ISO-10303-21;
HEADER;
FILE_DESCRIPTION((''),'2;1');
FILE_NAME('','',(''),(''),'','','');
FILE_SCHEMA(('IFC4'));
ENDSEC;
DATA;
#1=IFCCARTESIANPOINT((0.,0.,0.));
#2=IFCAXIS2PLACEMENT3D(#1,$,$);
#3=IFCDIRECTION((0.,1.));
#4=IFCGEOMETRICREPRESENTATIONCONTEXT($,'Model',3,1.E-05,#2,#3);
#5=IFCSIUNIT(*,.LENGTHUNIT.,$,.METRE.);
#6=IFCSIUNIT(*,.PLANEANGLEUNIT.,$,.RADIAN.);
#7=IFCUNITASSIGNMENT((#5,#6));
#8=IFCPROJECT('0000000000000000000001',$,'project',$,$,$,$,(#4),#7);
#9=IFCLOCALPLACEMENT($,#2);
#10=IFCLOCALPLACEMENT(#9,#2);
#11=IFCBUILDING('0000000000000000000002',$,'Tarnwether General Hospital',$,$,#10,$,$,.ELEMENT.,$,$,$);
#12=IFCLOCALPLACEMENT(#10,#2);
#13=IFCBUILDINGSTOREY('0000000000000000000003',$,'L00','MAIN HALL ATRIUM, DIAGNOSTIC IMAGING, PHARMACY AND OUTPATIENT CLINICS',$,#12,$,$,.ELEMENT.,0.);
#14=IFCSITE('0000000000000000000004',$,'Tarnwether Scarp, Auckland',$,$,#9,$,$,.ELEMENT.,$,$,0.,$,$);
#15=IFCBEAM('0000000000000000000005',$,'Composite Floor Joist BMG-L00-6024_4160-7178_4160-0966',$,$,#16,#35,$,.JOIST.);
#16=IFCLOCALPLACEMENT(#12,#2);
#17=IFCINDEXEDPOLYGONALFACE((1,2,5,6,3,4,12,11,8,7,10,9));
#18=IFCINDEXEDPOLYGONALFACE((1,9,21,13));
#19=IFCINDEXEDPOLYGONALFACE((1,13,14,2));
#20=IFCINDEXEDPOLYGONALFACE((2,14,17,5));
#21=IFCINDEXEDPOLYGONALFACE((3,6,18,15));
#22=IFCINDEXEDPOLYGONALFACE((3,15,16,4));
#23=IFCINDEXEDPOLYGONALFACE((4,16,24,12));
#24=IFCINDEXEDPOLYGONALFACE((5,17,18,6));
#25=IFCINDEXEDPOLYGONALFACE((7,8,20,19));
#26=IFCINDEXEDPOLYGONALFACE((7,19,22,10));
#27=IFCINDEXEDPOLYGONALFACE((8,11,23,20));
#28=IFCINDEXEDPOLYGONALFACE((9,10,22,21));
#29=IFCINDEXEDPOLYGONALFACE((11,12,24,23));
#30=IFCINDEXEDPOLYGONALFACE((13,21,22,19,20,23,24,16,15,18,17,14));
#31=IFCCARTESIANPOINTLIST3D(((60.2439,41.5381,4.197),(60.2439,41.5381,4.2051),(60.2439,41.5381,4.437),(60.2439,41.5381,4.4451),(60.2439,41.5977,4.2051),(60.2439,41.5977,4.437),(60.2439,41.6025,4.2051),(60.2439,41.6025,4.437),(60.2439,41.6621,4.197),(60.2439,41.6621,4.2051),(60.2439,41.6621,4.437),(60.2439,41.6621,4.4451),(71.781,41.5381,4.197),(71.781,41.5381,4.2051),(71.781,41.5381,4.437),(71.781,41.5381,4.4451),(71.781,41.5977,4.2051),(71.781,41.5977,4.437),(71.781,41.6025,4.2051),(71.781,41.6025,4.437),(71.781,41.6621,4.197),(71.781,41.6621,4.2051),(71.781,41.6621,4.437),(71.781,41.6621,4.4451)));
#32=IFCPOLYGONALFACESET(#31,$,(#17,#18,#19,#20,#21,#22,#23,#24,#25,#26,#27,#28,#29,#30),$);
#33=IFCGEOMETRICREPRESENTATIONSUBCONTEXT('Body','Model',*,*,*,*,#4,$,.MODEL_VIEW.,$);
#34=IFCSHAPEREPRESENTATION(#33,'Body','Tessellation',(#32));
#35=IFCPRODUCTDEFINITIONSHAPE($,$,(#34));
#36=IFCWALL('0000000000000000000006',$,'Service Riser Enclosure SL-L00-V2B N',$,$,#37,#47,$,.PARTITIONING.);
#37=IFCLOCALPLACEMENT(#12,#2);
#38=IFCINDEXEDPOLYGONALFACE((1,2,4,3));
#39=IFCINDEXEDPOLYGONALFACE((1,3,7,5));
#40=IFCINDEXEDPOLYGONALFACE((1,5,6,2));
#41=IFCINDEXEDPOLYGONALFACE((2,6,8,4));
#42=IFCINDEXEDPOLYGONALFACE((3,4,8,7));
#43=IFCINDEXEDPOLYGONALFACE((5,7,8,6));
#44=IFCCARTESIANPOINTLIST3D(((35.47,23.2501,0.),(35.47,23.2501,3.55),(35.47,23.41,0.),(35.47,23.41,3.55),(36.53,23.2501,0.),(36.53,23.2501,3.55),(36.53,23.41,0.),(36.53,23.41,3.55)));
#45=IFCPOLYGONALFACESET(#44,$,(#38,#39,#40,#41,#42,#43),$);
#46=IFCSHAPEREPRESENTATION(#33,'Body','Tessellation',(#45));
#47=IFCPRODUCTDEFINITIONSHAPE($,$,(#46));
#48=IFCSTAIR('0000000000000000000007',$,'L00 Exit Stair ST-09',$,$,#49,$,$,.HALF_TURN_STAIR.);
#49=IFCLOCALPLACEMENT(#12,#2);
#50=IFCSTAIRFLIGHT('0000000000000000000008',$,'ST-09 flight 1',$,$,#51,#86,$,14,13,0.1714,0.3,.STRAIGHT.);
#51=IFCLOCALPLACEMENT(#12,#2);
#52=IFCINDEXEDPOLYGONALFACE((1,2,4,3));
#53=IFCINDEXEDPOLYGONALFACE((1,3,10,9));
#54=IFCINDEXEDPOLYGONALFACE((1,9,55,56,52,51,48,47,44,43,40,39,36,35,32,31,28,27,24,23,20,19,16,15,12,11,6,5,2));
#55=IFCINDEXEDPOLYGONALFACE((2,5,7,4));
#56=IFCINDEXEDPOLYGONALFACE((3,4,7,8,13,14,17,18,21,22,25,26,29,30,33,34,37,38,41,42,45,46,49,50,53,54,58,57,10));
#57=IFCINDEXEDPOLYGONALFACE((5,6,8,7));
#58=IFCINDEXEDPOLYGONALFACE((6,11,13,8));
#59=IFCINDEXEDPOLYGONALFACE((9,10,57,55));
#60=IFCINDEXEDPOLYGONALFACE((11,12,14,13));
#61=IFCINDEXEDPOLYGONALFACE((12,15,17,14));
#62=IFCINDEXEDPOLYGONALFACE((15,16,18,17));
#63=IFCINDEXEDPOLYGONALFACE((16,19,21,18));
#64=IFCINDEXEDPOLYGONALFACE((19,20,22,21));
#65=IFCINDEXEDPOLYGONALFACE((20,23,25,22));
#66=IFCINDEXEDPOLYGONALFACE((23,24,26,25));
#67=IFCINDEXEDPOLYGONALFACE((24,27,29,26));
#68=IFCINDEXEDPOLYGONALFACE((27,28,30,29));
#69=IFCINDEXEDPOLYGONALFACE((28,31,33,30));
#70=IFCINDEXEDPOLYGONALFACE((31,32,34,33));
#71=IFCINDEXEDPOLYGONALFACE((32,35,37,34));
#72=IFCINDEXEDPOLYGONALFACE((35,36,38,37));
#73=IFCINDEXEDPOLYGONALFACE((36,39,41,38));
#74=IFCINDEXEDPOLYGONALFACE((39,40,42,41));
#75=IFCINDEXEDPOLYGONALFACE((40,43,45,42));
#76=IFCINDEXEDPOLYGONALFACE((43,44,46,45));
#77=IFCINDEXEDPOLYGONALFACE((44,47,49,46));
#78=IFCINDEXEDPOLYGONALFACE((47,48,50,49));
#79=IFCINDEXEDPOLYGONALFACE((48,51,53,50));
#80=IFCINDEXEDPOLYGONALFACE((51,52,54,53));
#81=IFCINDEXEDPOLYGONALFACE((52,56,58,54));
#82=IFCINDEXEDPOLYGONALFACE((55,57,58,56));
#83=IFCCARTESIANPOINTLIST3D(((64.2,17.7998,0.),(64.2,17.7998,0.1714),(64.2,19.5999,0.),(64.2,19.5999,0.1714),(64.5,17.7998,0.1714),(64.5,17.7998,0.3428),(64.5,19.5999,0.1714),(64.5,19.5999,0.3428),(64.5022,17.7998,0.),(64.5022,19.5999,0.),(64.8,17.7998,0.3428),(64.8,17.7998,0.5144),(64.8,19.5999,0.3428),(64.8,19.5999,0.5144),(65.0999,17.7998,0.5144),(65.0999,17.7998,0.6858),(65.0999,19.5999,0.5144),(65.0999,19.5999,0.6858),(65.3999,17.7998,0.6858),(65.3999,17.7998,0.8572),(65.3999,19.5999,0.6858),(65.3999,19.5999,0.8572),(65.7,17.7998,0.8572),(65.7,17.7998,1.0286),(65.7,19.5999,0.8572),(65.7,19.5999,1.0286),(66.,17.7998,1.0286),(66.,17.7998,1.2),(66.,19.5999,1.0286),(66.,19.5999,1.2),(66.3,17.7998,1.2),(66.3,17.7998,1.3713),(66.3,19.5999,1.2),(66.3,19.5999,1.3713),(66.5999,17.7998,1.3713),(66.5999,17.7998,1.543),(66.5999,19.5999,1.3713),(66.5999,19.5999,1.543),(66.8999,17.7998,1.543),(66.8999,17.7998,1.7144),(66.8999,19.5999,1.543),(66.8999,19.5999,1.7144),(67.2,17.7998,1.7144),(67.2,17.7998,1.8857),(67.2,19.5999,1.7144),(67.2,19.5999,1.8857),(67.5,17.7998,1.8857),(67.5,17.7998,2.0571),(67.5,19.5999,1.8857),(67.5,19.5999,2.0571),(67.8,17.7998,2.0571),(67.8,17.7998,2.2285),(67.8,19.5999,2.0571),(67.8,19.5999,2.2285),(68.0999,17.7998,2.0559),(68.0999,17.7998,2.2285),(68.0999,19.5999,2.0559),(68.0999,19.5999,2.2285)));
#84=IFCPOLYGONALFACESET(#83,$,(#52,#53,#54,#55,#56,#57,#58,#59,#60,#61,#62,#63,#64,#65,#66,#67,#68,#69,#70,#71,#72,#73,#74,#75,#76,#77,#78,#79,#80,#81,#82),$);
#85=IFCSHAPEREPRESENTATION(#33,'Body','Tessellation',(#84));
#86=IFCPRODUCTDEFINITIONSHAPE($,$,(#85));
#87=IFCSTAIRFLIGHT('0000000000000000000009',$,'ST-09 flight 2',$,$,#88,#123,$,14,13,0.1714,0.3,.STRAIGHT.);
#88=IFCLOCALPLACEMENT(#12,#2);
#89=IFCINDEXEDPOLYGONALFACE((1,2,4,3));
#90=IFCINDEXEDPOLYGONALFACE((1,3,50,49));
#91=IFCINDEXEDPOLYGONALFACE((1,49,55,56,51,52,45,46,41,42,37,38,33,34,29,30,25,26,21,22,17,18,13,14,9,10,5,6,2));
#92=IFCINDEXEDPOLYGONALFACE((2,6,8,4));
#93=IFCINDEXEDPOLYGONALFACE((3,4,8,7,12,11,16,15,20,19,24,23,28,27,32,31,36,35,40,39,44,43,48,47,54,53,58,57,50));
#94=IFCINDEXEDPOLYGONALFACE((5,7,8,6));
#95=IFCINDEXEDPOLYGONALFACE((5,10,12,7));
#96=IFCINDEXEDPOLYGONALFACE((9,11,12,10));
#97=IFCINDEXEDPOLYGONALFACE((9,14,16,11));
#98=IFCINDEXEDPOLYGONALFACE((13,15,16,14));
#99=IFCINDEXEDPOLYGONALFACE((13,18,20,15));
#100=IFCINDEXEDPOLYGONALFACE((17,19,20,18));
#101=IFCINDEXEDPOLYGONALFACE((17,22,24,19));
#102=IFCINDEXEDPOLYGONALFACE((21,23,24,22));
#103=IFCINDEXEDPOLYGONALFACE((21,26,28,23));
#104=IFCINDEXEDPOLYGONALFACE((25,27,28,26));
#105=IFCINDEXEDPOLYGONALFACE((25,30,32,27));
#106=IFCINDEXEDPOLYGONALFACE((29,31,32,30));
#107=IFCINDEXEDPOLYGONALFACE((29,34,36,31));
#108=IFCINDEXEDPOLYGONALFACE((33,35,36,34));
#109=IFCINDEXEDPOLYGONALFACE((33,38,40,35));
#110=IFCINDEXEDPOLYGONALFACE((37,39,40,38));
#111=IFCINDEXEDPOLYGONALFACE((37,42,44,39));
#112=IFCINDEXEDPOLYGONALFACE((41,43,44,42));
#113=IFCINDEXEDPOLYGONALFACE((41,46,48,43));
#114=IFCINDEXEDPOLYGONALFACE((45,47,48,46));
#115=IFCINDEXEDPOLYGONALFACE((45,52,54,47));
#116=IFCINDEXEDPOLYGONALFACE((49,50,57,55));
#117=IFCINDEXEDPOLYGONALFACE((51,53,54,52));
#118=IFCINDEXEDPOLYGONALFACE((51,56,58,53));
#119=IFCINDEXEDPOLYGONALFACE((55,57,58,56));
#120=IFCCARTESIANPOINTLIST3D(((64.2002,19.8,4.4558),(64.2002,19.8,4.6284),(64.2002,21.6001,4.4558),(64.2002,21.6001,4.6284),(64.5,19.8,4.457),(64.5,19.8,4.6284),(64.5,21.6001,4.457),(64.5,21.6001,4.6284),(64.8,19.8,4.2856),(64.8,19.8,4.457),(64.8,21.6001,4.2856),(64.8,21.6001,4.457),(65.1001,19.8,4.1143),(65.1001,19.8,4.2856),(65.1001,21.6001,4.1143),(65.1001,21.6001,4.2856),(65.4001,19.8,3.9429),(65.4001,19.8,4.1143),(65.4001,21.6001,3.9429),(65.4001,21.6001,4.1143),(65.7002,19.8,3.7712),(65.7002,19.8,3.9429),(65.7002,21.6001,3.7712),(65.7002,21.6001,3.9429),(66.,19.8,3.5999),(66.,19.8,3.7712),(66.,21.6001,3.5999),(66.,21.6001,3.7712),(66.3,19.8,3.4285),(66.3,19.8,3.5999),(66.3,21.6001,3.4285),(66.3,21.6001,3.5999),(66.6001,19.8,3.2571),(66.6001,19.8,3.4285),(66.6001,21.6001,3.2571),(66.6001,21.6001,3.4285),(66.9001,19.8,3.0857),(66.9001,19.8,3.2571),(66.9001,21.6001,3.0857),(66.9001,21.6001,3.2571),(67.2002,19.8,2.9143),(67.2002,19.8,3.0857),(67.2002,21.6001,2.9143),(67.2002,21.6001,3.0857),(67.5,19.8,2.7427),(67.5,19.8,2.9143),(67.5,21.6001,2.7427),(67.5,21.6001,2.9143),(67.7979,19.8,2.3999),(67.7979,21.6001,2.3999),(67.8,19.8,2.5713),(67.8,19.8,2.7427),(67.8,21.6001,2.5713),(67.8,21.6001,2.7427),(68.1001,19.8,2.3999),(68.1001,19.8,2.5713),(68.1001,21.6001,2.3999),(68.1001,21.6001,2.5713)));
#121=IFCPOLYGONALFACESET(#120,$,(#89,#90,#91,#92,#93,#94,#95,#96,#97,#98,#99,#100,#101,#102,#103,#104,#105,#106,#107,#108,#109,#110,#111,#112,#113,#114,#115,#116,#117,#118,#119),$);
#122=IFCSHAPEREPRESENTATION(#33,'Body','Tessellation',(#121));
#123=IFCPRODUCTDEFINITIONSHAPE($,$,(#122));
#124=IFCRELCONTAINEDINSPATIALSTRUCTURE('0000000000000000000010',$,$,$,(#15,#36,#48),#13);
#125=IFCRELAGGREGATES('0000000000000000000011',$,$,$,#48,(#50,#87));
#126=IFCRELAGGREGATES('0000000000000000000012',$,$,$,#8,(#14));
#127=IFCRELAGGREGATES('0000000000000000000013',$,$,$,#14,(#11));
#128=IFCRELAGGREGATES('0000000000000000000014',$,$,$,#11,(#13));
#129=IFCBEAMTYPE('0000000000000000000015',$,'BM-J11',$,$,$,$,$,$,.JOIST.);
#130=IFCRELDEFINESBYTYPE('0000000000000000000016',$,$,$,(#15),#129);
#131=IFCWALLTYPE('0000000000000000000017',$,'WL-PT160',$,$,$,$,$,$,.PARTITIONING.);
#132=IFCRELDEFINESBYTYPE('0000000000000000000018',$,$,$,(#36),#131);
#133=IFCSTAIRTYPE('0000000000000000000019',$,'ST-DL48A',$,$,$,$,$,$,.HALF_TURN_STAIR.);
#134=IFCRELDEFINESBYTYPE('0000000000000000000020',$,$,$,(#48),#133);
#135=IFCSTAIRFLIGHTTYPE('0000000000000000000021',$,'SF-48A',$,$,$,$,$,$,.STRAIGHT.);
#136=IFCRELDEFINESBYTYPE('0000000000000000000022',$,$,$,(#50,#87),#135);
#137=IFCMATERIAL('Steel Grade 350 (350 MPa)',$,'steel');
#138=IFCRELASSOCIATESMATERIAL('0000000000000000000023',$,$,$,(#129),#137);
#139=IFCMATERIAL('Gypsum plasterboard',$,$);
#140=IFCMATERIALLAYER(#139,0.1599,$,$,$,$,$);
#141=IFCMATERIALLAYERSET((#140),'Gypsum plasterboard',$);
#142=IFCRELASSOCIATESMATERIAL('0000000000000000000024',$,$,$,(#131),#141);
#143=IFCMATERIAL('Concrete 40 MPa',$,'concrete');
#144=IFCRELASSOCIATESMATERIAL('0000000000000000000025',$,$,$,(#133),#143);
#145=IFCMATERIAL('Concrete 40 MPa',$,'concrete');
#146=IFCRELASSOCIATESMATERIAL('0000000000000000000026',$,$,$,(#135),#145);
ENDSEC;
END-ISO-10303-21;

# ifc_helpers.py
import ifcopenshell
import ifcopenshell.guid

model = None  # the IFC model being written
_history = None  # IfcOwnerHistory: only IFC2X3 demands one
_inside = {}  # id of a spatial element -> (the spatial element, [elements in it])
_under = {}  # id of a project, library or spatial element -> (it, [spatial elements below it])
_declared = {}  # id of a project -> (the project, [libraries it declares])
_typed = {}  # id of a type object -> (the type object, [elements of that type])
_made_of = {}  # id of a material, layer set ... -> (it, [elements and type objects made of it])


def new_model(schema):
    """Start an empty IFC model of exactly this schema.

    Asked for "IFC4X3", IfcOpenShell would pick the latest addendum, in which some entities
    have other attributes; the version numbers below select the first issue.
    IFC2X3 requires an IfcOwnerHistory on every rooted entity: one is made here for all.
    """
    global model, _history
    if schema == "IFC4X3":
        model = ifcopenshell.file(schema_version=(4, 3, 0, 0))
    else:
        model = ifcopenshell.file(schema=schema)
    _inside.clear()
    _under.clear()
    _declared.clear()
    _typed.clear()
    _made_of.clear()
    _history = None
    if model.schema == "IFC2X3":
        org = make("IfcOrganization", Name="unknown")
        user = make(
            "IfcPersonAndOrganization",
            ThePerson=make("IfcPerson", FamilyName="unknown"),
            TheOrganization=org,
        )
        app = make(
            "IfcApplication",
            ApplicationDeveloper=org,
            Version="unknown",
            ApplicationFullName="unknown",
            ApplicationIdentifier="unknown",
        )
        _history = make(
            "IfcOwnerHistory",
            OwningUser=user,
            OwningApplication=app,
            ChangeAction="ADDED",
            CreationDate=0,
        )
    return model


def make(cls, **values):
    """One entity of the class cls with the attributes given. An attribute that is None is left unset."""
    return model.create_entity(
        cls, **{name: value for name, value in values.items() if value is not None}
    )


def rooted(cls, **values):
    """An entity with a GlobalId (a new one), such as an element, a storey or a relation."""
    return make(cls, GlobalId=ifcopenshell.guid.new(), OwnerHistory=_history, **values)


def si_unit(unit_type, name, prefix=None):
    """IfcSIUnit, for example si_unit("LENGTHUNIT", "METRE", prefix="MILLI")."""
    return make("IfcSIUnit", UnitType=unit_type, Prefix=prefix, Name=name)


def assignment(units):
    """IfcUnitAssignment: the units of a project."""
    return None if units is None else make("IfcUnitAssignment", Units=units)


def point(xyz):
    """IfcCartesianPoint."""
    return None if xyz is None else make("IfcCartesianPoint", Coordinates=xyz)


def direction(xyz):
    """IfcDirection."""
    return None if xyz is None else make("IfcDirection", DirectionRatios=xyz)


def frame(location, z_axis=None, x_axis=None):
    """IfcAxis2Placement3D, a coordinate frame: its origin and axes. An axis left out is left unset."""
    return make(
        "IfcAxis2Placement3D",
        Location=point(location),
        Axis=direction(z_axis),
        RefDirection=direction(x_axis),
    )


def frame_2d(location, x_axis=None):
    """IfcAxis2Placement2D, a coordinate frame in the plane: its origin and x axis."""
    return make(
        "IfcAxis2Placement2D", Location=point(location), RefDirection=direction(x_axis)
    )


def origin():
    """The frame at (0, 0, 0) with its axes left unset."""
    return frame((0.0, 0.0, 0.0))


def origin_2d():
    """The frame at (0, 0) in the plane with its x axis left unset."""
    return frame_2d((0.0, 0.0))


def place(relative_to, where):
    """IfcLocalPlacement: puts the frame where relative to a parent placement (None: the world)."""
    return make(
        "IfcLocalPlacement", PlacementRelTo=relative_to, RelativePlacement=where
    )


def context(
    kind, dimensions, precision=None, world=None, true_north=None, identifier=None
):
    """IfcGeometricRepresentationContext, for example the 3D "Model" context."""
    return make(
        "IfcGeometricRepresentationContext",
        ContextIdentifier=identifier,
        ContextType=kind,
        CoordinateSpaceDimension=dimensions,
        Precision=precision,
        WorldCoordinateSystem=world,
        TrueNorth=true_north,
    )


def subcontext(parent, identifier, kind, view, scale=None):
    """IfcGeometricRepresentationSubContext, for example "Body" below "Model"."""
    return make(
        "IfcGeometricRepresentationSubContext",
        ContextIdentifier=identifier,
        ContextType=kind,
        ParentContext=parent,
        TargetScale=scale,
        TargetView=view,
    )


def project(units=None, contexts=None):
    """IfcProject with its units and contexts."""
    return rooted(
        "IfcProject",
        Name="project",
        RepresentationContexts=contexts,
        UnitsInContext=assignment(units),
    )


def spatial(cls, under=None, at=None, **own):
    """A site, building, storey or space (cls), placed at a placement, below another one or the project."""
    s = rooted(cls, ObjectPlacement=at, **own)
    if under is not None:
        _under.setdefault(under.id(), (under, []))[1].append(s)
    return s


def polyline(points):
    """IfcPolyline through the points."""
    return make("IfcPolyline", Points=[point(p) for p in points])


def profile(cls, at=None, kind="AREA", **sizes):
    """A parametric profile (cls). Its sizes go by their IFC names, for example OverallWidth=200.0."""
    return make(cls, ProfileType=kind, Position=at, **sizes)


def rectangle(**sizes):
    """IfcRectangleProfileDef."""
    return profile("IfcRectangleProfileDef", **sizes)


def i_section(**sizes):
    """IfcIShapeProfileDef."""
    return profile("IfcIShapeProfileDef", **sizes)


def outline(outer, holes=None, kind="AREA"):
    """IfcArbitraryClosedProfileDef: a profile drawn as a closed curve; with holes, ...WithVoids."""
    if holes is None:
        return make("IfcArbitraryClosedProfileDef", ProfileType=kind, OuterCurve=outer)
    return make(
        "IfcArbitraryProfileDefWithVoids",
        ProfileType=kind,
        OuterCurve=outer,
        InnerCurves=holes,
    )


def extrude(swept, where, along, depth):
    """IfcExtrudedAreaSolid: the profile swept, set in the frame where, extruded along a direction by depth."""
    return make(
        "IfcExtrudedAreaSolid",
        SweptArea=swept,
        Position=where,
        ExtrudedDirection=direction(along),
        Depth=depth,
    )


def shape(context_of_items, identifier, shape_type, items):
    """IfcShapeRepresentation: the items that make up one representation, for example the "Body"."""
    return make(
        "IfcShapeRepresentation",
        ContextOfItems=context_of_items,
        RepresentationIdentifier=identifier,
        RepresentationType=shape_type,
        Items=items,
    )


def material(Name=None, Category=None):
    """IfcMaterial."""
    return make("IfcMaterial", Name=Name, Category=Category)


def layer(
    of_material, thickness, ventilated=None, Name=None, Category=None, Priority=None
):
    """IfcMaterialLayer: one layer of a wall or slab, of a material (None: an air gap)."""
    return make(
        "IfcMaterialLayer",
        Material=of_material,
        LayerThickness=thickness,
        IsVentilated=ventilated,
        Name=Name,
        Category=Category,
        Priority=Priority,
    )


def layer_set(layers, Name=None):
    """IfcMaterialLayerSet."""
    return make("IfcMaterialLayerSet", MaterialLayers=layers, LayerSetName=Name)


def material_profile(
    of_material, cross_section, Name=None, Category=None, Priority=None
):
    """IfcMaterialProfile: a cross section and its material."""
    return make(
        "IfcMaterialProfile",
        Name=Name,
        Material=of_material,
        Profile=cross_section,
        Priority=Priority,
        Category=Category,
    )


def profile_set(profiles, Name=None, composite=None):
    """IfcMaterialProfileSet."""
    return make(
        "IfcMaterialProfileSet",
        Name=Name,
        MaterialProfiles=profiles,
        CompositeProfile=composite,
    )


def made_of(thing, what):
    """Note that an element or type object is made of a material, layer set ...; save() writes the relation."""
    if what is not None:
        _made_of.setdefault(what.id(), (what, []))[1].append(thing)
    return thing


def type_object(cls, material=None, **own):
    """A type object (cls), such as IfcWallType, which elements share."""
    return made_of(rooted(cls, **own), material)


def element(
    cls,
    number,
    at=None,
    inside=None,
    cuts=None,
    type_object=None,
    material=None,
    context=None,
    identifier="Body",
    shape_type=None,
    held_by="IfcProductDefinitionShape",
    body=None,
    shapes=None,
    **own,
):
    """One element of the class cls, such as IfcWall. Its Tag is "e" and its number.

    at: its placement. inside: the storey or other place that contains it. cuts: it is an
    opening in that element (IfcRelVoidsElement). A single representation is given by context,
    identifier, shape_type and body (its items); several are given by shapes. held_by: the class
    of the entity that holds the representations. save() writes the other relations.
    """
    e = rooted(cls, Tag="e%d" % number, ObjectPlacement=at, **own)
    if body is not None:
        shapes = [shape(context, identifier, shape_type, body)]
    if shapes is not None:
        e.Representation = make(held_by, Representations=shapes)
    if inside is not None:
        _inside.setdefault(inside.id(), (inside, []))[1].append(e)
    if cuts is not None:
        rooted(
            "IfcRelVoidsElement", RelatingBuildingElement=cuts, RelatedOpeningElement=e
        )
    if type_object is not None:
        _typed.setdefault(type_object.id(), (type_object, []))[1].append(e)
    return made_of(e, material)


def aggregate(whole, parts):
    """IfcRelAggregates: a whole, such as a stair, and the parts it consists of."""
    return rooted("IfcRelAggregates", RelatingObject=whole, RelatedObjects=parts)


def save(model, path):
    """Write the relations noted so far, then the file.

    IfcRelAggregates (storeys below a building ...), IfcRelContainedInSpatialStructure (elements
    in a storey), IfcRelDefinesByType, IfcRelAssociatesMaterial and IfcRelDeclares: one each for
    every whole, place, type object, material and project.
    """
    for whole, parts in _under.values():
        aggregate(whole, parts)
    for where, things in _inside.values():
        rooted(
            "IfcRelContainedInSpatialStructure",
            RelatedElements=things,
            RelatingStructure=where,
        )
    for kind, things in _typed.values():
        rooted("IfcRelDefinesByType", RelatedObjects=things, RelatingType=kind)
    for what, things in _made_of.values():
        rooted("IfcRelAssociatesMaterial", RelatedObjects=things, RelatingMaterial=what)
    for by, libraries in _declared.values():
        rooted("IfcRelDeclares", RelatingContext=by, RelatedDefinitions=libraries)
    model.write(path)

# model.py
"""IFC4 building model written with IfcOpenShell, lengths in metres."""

from ifc_helpers import new_model, si_unit, direction, frame, frame_2d, origin, origin_2d, place, context, subcontext, project, spatial, polyline, rectangle, i_section, outline, extrude, material, layer, layer_set, material_profile, profile_set, type_object, element, aggregate, save


model = new_model("IFC4")

# Units and contexts
model_context = context("Model", 3, precision=1e-05, world=origin(), true_north=direction((0.0, 1.0)))
body_context = subcontext(model_context, "Body", "Model", "MODEL_VIEW")
ifc_project = project(units=[si_unit("LENGTHUNIT", "METRE"), si_unit("PLANEANGLEUNIT", "RADIAN")], contexts=[model_context])

# Site, building, storey
site_placement = place(None, origin())
site = spatial("IfcSite", under=ifc_project, at=site_placement, Name="Tarnwether Scarp, Auckland", CompositionType="ELEMENT", RefElevation=0.0)
building_placement = place(site_placement, origin())
building = spatial("IfcBuilding", under=site, at=building_placement, Name="Tarnwether General Hospital", CompositionType="ELEMENT")
storey_placement = place(building_placement, origin())
storey = spatial("IfcBuildingStorey", under=building, at=storey_placement, Name="L00", Description="MAIN HALL ATRIUM, DIAGNOSTIC IMAGING, PHARMACY AND OUTPATIENT CLINICS", CompositionType="ELEMENT", Elevation=0.0)

# Beam
ifc_material_1 = material(Name="Steel Grade 350 (350 MPa)", Category="steel")
ifc_material_profile_1 = material_profile(ifc_material_1, i_section(OverallWidth=0.124, OverallDepth=0.248, WebThickness=0.0049, FlangeThickness=0.0081, at=origin_2d()), Name="250UB25.7")
ifc_profile_set_1 = profile_set([ifc_material_profile_1], Name="Steel Grade 350 (350 MPa)")
beam_type_1 = type_object("IfcBeamType", Name="BM-J11", PredefinedType="JOIST", material=ifc_profile_set_1)
beam_1_placement = place(storey_placement, frame((60.2439, 41.6001, 4.321), z_axis=(1.0, 0.0, 0.0), x_axis=(0.0, 1.0, 0.0)))
element("IfcBeam", 1, at=beam_1_placement, inside=storey, type_object=beam_type_1, Name="Composite Floor Joist BMG-L00-6024_4160-7178_4160-0966", PredefinedType="JOIST", context=body_context, shape_type="SweptSolid", body=[
    extrude(i_section(OverallWidth=0.124, OverallDepth=0.248, WebThickness=0.0049, FlangeThickness=0.0081, at=origin_2d()), origin(), (0.0, 0.0, 1.0), 11.5371),
])

# Wall
ifc_material_2 = material(Name="Gypsum plasterboard")
ifc_layer = layer(ifc_material_2, 0.1599)
ifc_layer_set = layer_set([ifc_layer], Name="Gypsum plasterboard")
wall_type = type_object("IfcWallType", Name="WL-PT160", PredefinedType="PARTITIONING", material=ifc_layer_set)
wall_placement = place(storey_placement, frame((36.53, 23.3301, 0.0), z_axis=(0.0, 0.0, 1.0), x_axis=(-1.0, 0.0, 0.0)))
element("IfcWall", 2, at=wall_placement, inside=storey, type_object=wall_type, Name="Service Riser Enclosure SL-L00-V2B N", PredefinedType="PARTITIONING", context=body_context, shape_type="SweptSolid", body=[
    extrude(rectangle(XDim=1.0601, YDim=0.1599, at=frame_2d((0.53, 0.0))), origin(), (0.0, 0.0, 1.0), 3.55),
])

# Stair, stair flights
ifc_material_3 = material(Name="Concrete 40 MPa", Category="concrete")
stair_type = type_object("IfcStairType", Name="ST-DL48A", PredefinedType="HALF_TURN_STAIR", material=ifc_material_3)
stair_placement = place(storey_placement, origin())
stair = element("IfcStair", 3, at=stair_placement, inside=storey, type_object=stair_type, Name="L00 Exit Stair ST-09", PredefinedType="HALF_TURN_STAIR")
ifc_material_4 = material(Name="Concrete 40 MPa", Category="concrete")
stair_flight_type = type_object("IfcStairFlightType", Name="SF-48A", PredefinedType="STRAIGHT", material=ifc_material_4)
stair_flight_1_placement = place(storey_placement, frame((64.2, 18.7, 0.0), z_axis=(0.0, 0.0, 1.0), x_axis=(1.0, 0.0, 0.0)))
stair_flight_1 = element("IfcStairFlight", 4, at=stair_flight_1_placement, type_object=stair_flight_type, Name="ST-09 flight 1", NumberOfRisers=14, NumberOfTreads=13, PredefinedType="STRAIGHT", RiserHeight=0.1714, TreadLength=0.3, context=body_context, shape_type="SweptSolid", body=[
    extrude(outline(polyline([(0.0, 0.0), (0.0, 0.1714), (0.3, 0.1714), (0.3, 0.3428), (0.6001, 0.3428), (0.6001, 0.5144), (0.8999, 0.5144), (0.8999, 0.6858), (1.2, 0.6858), (1.2, 0.8572), (1.5, 0.8572), (1.5, 1.0286), (1.8, 1.0286), (1.8, 1.2), (2.1001, 1.2), (2.1001, 1.3713), (2.3999, 1.3713), (2.3999, 1.543), (2.7, 1.543), (2.7, 1.7144), (3.0, 1.7144), (3.0, 1.8857), (3.3, 1.8857), (3.3, 2.0571), (3.6001, 2.0571), (3.6001, 2.2285), (3.8999, 2.2285), (3.8999, 2.3999), (3.8999, 2.0559), (0.3022, 0.0), (0.0, 0.0)])), frame((0.0, 0.8999, 0.0), z_axis=(0.0, -1.0, 0.0), x_axis=(1.0, 0.0, 0.0)), (0.0, 0.0, 1.0), 1.8),
])
stair_flight_2_placement = place(storey_placement, frame((68.1001, 20.7, 2.3999), z_axis=(0.0, 0.0, 1.0), x_axis=(-1.0, 0.0, 0.0)))
stair_flight_2 = element("IfcStairFlight", 5, at=stair_flight_2_placement, type_object=stair_flight_type, Name="ST-09 flight 2", NumberOfRisers=14, NumberOfTreads=13, PredefinedType="STRAIGHT", RiserHeight=0.1714, TreadLength=0.3, context=body_context, shape_type="SweptSolid", body=[
    extrude(outline(polyline([(0.0, 0.0), (0.0, 0.1714), (0.3, 0.1714), (0.3, 0.3428), (0.6001, 0.3428), (0.6001, 0.5144), (0.8999, 0.5144), (0.8999, 0.6858), (1.2, 0.6858), (1.2, 0.8572), (1.5, 0.8572), (1.5, 1.0286), (1.8, 1.0286), (1.8, 1.2), (2.1001, 1.2), (2.1001, 1.3713), (2.3999, 1.3713), (2.3999, 1.543), (2.7, 1.543), (2.7, 1.7144), (3.0, 1.7144), (3.0, 1.8857), (3.3, 1.8857), (3.3, 2.0571), (3.6001, 2.0571), (3.6001, 2.2285), (3.8999, 2.2285), (3.8999, 2.3999), (3.8999, 2.0559), (0.3022, 0.0), (0.0, 0.0)])), frame((0.0, 0.8999, 0.0), z_axis=(0.0, -1.0, 0.0), x_axis=(1.0, 0.0, 0.0)), (0.0, 0.0, 1.0), 1.8),
])
aggregate(stair, [stair_flight_1, stair_flight_2])

save(model, "model.ifc")
